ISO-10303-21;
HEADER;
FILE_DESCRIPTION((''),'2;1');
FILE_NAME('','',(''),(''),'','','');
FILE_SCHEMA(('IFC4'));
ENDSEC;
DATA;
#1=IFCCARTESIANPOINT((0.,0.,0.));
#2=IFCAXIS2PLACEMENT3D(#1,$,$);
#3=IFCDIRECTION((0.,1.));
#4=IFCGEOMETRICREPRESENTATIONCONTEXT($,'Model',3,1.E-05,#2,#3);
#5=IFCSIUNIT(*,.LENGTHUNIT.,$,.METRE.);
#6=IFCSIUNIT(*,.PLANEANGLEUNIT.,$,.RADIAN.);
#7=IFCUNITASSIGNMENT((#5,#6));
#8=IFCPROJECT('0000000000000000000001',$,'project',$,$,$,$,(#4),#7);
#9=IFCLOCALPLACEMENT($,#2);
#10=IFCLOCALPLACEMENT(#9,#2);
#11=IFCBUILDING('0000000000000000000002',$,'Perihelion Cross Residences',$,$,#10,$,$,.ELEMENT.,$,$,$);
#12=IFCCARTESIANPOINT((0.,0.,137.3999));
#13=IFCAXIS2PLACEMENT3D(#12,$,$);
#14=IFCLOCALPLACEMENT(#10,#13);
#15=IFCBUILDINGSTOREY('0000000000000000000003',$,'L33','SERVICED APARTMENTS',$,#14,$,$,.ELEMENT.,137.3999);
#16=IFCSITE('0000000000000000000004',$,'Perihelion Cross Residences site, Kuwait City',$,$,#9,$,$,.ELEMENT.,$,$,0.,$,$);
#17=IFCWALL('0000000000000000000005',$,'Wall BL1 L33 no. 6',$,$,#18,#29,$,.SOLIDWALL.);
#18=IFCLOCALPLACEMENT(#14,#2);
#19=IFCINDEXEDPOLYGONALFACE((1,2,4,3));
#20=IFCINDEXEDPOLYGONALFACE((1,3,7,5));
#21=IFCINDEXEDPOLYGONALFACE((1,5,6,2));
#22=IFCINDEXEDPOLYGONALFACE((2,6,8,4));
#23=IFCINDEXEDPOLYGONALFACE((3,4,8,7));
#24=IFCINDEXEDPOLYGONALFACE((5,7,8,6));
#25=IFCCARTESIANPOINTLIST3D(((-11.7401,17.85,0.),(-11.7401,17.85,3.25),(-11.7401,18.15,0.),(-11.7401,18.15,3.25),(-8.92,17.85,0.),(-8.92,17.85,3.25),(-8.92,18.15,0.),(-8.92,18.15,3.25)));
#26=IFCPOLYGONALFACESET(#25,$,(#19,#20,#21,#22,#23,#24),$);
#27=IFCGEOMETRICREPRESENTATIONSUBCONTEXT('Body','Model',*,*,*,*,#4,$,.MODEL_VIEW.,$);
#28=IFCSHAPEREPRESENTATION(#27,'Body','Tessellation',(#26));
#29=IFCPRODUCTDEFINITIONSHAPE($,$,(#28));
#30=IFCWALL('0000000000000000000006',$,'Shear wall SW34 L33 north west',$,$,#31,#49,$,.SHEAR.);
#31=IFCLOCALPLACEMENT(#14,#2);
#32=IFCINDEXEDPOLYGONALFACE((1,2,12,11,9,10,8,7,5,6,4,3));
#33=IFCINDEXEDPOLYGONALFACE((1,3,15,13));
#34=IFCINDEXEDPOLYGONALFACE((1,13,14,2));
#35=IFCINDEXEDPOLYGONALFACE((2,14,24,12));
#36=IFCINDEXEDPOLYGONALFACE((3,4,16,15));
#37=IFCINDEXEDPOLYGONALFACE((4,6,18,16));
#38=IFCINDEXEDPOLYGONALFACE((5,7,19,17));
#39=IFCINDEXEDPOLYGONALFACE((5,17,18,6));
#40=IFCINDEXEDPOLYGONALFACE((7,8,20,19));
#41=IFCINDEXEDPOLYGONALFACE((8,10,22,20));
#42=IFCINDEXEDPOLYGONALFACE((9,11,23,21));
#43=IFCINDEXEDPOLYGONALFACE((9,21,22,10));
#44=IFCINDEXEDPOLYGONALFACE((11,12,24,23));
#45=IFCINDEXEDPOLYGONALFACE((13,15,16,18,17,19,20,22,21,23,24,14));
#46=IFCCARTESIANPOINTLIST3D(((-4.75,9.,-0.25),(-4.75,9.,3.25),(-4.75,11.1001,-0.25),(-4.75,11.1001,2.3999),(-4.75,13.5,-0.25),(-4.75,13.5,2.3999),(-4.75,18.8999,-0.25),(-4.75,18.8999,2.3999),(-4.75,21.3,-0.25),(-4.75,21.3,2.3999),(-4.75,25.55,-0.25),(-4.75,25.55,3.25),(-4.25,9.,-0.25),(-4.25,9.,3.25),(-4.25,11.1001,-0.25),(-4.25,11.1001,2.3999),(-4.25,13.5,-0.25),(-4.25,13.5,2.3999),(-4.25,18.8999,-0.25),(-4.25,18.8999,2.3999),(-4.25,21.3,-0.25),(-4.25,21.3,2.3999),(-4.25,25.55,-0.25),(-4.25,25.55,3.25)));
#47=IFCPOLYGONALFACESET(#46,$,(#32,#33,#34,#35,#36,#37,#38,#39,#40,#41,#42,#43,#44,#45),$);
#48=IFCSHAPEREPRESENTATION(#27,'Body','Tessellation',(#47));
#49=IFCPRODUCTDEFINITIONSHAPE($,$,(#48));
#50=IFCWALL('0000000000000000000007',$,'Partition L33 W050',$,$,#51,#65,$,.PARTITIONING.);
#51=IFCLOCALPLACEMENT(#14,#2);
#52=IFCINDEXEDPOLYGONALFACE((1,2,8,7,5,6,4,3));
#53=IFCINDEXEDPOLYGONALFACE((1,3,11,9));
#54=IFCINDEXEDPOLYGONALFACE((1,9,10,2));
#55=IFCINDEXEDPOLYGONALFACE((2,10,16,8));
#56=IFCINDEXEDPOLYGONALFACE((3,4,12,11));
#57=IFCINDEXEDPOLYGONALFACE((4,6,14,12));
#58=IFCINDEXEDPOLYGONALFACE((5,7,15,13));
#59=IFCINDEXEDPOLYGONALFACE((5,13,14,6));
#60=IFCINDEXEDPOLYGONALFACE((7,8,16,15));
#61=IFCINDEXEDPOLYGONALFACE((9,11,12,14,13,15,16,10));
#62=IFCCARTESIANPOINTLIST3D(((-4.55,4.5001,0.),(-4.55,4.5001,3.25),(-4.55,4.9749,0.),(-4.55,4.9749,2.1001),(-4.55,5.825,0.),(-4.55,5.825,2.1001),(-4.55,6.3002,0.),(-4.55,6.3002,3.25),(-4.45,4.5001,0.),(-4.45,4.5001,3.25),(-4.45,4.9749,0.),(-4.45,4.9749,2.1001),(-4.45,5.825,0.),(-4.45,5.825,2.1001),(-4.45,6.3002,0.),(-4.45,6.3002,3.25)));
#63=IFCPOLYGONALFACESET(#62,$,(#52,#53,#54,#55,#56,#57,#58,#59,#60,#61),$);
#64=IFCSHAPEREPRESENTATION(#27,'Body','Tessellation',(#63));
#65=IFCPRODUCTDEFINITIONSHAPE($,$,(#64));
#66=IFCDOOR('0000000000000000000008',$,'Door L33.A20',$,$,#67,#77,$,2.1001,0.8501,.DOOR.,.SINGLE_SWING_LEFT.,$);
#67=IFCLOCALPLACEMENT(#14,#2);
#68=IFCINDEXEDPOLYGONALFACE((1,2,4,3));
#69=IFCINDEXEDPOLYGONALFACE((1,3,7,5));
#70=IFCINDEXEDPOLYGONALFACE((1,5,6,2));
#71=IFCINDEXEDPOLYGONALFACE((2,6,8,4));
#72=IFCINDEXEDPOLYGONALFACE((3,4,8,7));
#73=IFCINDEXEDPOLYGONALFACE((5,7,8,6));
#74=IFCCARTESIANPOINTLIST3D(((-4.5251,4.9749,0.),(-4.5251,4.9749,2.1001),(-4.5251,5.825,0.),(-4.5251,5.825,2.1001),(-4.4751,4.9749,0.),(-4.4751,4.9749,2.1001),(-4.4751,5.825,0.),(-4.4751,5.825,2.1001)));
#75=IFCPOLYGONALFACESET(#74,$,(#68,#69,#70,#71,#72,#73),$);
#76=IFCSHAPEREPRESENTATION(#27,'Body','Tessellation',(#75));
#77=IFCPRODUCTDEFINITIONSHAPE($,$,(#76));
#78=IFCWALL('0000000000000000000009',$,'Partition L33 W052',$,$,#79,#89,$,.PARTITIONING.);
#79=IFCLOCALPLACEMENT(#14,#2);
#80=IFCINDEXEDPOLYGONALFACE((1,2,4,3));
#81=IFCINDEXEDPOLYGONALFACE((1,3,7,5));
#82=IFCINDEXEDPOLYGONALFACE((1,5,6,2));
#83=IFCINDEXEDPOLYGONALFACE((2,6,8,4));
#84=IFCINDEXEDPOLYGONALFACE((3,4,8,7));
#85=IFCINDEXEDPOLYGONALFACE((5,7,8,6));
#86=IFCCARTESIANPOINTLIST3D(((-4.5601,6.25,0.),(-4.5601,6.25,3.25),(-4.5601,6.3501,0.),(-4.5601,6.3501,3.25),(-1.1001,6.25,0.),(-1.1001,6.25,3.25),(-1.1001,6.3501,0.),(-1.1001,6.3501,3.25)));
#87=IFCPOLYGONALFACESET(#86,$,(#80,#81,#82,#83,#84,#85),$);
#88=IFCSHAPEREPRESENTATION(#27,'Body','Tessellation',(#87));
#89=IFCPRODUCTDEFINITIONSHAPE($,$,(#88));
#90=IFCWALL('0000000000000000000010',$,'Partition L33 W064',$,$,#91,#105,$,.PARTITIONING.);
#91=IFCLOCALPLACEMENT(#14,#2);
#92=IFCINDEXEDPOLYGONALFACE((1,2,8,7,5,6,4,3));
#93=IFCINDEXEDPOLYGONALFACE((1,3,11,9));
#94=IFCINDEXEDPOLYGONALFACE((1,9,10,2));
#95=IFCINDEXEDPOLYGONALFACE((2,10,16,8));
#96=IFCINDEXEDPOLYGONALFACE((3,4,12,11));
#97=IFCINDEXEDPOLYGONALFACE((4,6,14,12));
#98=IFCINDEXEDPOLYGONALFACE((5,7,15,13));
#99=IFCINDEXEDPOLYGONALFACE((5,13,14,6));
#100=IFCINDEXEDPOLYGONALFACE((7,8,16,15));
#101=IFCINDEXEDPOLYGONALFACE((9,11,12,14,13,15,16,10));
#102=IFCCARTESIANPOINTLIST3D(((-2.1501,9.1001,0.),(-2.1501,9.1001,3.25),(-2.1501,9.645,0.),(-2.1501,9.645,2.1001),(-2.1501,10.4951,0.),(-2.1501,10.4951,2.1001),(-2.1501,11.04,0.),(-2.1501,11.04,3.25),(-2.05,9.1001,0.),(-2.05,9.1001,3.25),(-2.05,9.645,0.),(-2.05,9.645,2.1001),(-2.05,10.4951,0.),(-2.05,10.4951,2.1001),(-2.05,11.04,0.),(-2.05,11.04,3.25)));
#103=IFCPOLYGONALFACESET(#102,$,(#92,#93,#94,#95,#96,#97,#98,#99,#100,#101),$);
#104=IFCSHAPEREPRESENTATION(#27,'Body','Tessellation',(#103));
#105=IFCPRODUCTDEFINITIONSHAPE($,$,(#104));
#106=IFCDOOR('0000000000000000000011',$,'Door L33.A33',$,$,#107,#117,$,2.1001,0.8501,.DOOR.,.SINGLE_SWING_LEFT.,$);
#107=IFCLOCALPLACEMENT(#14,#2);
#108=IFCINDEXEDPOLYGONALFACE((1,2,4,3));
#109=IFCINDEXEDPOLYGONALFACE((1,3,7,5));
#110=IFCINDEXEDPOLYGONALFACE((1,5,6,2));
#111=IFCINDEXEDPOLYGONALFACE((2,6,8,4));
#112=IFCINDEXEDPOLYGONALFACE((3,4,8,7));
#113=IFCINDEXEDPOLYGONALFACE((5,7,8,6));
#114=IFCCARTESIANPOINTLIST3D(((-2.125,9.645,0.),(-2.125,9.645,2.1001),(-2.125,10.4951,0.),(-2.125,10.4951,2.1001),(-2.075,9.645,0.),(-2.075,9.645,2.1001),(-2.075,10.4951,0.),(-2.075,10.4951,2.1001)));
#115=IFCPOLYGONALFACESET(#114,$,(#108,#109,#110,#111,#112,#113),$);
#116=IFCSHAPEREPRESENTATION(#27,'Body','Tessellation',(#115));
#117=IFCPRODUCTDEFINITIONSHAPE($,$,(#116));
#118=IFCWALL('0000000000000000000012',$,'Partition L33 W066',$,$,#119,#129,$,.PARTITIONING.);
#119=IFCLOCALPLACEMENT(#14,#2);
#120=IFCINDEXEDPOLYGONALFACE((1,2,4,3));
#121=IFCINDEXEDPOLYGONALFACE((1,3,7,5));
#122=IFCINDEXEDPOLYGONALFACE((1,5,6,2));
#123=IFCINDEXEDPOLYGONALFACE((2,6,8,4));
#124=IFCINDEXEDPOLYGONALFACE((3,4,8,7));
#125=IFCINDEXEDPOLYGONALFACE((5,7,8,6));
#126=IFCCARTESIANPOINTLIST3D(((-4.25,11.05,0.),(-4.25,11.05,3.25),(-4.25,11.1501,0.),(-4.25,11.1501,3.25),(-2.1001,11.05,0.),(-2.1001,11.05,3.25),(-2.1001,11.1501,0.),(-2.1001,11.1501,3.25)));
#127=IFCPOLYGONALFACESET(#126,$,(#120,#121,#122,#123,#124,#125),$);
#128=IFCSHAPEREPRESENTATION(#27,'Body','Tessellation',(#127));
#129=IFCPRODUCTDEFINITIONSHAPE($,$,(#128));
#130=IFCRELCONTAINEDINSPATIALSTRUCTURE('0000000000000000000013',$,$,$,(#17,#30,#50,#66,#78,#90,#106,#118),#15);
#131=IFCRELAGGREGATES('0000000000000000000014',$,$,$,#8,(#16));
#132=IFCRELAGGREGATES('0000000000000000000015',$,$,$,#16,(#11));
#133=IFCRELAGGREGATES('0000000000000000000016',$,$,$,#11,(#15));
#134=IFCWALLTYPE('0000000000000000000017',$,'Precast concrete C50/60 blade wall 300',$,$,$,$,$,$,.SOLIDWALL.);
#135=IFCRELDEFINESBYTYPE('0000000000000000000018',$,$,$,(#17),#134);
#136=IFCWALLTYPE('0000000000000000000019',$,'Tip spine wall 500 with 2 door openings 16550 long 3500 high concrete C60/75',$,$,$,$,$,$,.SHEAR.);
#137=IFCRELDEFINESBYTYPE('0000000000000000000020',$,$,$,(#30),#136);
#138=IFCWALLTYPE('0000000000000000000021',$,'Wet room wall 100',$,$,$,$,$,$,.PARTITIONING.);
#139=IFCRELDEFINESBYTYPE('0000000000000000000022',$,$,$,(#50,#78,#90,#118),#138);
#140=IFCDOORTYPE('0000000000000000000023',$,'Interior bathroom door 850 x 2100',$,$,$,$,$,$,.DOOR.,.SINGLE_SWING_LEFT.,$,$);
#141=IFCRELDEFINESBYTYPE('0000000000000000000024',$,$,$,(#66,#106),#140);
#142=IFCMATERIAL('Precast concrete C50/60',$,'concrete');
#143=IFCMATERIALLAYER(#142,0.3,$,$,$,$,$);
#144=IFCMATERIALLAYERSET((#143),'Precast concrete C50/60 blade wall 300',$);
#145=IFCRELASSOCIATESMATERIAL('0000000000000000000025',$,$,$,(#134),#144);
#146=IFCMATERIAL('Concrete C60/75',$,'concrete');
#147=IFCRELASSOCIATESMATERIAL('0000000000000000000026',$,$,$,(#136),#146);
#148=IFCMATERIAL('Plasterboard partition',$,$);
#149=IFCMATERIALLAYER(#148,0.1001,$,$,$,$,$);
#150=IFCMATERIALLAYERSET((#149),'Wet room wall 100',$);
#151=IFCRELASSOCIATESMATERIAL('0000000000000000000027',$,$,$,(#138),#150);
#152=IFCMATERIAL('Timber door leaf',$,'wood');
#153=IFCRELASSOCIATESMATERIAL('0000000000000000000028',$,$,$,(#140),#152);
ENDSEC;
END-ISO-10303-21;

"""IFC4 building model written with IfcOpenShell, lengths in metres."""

from ifc_helpers import new_model, si_unit, direction, frame, frame_2d, origin, place, context, subcontext, project, spatial, polyline, rectangle, outline, extrude, material, layer, layer_set, material_profile, profile_set, type_object, element, fill, save


model = new_model("IFC4")

# Units and contexts
model_context = context("Model", 3, precision=1e-05, world=origin(), true_north=direction((0.0, 1.0)))
body_context = subcontext(model_context, "Body", "Model", "MODEL_VIEW")
ifc_project = project(units=[si_unit("LENGTHUNIT", "METRE"), si_unit("PLANEANGLEUNIT", "RADIAN")], contexts=[model_context])

# Site, building, storey
site_placement = place(None, origin())
site = spatial("IfcSite", under=ifc_project, at=site_placement, Name="Perihelion Cross Residences site, Kuwait City", CompositionType="ELEMENT", RefElevation=0.0)
building_placement = place(site_placement, origin())
building = spatial("IfcBuilding", under=site, at=building_placement, Name="Perihelion Cross Residences", CompositionType="ELEMENT")
storey_placement = place(building_placement, frame((0.0, 0.0, 137.3999)))
storey = spatial("IfcBuildingStorey", under=building, at=storey_placement, Name="L33", Description="SERVICED APARTMENTS", CompositionType="ELEMENT", Elevation=137.3999)

# Walls
ifc_material_1 = material(Name="Precast concrete C50/60", Category="concrete")
ifc_layer_1 = layer(ifc_material_1, 0.3)
ifc_layer_set_1 = layer_set([ifc_layer_1], Name="Precast concrete C50/60 blade wall 300")
wall_type_1 = type_object("IfcWallType", Name="Precast concrete C50/60 blade wall 300", PredefinedType="SOLIDWALL", material=ifc_layer_set_1)
wall_1_placement = place(storey_placement, frame((-8.9199, 18.0, 0.0), z_axis=(0.0, 0.0, 1.0), x_axis=(-1.0, 0.0, 0.0)))
element("IfcWall", 1, at=wall_1_placement, inside=storey, type_object=wall_type_1, Name="Wall BL1 L33 no. 6", PredefinedType="SOLIDWALL", context=body_context, shape_type="SweptSolid", body=[
    extrude(rectangle(XDim=2.8201, YDim=0.3, at=frame_2d((1.4102, 0.0))), origin(), (0.0, 0.0, 1.0), 3.25),
])
ifc_material_2 = material(Name="Concrete C60/75", Category="concrete")
ifc_material_profile_1 = material_profile(ifc_material_2, outline(polyline([(0.0, 0.0), (2.1001, 0.0), (2.1001, 2.6499), (4.5, 2.6499), (4.5, 0.0), (9.8999, 0.0), (9.8999, 2.6499), (12.3, 2.6499), (12.3, 0.0), (16.55, 0.0), (16.55, 3.5), (0.0, 3.5), (0.0, 0.0)])), Name="Tip spine wall")
ifc_profile_set_1 = profile_set([ifc_material_profile_1], Name="Concrete C60/75")
wall_type_2 = type_object("IfcWallType", Name="Tip spine wall 500 with 2 door openings 16550 long 3500 high concrete C60/75", PredefinedType="SHEAR", material=ifc_profile_set_1)
wall_2_placement = place(storey_placement, frame((-4.75, 9.0, -0.25), z_axis=(1.0, 0.0, 0.0), x_axis=(0.0, 1.0, 0.0)))
element("IfcWall", 2, at=wall_2_placement, inside=storey, type_object=wall_type_2, Name="Shear wall SW34 L33 north west", PredefinedType="SHEAR", context=body_context, shape_type="SweptSolid", body=[
    extrude(outline(polyline([(0.0, 0.0), (2.1001, 0.0), (2.1001, 2.6499), (4.5, 2.6499), (4.5, 0.0), (9.8999, 0.0), (9.8999, 2.6499), (12.3, 2.6499), (12.3, 0.0), (16.55, 0.0), (16.55, 3.5), (0.0, 3.5), (0.0, 0.0)])), origin(), (0.0, 0.0, 1.0), 0.5),
])

# Wall, opening, door
ifc_material_3 = material(Name="Plasterboard partition")
ifc_layer_2 = layer(ifc_material_3, 0.1001)
ifc_layer_set_2 = layer_set([ifc_layer_2], Name="Wet room wall 100")
wall_type_3 = type_object("IfcWallType", Name="Wet room wall 100", PredefinedType="PARTITIONING", material=ifc_layer_set_2)
wall_3_placement = place(storey_placement, frame((-4.5, 6.3, 0.0), z_axis=(0.0, 0.0, 1.0), x_axis=(0.0, -1.0, 0.0)))
wall_3 = element("IfcWall", 3, at=wall_3_placement, inside=storey, type_object=wall_type_3, Name="Partition L33 W050", PredefinedType="PARTITIONING", context=body_context, shape_type="SweptSolid", body=[
    extrude(rectangle(XDim=1.8, YDim=0.1001, at=frame_2d((0.8999, 0.0))), origin(), (0.0, 0.0, 1.0), 3.25),
])
opening_1_placement = place(wall_3_placement, frame((0.4751, 0.0, 0.0)))
opening_1 = element("IfcOpeningElement", 4, at=opening_1_placement, cuts=wall_3, PredefinedType="OPENING", context=body_context, shape_type="SweptSolid", body=[
    extrude(rectangle(XDim=0.8501, YDim=2.1001, at=frame_2d((0.425, 1.05))), frame((0.0, 0.0601, 0.0), z_axis=(0.0, -1.0, 0.0), x_axis=(1.0, 0.0, 0.0)), (0.0, 0.0, 1.0), 0.1201),
])
ifc_material_4 = material(Name="Timber door leaf", Category="wood")
door_type_1 = type_object("IfcDoorType", Name="Interior bathroom door 850 x 2100", OperationType="SINGLE_SWING_LEFT", PredefinedType="DOOR", material=ifc_material_4)
door_1_placement = place(opening_1_placement, origin())
door_1 = element("IfcDoor", 5, at=door_1_placement, inside=storey, type_object=door_type_1, Name="Door L33.A20", OperationType="SINGLE_SWING_LEFT", OverallHeight=2.1001, OverallWidth=0.8501, PredefinedType="DOOR", context=body_context, shape_type="SweptSolid", body=[
    extrude(rectangle(XDim=0.8501, YDim=2.1001, at=frame_2d((0.425, 1.05))), frame((0.0, 0.0249, 0.0), z_axis=(0.0, -1.0, 0.0), x_axis=(1.0, 0.0, 0.0)), (0.0, 0.0, 1.0), 0.05),
])
fill(opening_1, door_1)

# Wall
wall_4_placement = place(storey_placement, frame((-4.5601, 6.3, 0.0), z_axis=(0.0, 0.0, 1.0), x_axis=(1.0, 0.0, 0.0)))
element("IfcWall", 6, at=wall_4_placement, inside=storey, type_object=wall_type_3, Name="Partition L33 W052", PredefinedType="PARTITIONING", context=body_context, shape_type="SweptSolid", body=[
    extrude(rectangle(XDim=3.46, YDim=0.1001, at=frame_2d((1.73, 0.0))), origin(), (0.0, 0.0, 1.0), 3.25),
])

# Wall, opening, door
wall_5_placement = place(storey_placement, frame((-2.1001, 9.1001, 0.0), z_axis=(0.0, 0.0, 1.0), x_axis=(0.0, 1.0, 0.0)))
wall_5 = element("IfcWall", 7, at=wall_5_placement, inside=storey, type_object=wall_type_3, Name="Partition L33 W064", PredefinedType="PARTITIONING", context=body_context, shape_type="SweptSolid", body=[
    extrude(rectangle(XDim=1.9399, YDim=0.1001, at=frame_2d((0.97, 0.0))), origin(), (0.0, 0.0, 1.0), 3.25),
])
opening_2_placement = place(wall_5_placement, frame((0.5449, 0.0, 0.0)))
opening_2 = element("IfcOpeningElement", 8, at=opening_2_placement, cuts=wall_5, PredefinedType="OPENING", context=body_context, shape_type="SweptSolid", body=[
    extrude(rectangle(XDim=0.8501, YDim=2.1001, at=frame_2d((0.425, 1.05))), frame((0.0, 0.0601, 0.0), z_axis=(0.0, -1.0, 0.0), x_axis=(1.0, 0.0, 0.0)), (0.0, 0.0, 1.0), 0.1201),
])
door_2_placement = place(opening_2_placement, origin())
door_2 = element("IfcDoor", 9, at=door_2_placement, inside=storey, type_object=door_type_1, Name="Door L33.A33", OperationType="SINGLE_SWING_LEFT", OverallHeight=2.1001, OverallWidth=0.8501, PredefinedType="DOOR", context=body_context, shape_type="SweptSolid", body=[
    extrude(rectangle(XDim=0.8501, YDim=2.1001, at=frame_2d((0.425, 1.05))), frame((0.0, 0.0249, 0.0), z_axis=(0.0, -1.0, 0.0), x_axis=(1.0, 0.0, 0.0)), (0.0, 0.0, 1.0), 0.05),
])
fill(opening_2, door_2)

# Wall
wall_6_placement = place(storey_placement, frame((-4.25, 11.1001, 0.0), z_axis=(0.0, 0.0, 1.0), x_axis=(1.0, 0.0, 0.0)))
element("IfcWall", 10, at=wall_6_placement, inside=storey, type_object=wall_type_3, Name="Partition L33 W066", PredefinedType="PARTITIONING", context=body_context, shape_type="SweptSolid", body=[
    extrude(rectangle(XDim=2.1499, YDim=0.1001, at=frame_2d((1.075, 0.0))), origin(), (0.0, 0.0, 1.0), 3.25),
])

save(model, "model.ifc")
